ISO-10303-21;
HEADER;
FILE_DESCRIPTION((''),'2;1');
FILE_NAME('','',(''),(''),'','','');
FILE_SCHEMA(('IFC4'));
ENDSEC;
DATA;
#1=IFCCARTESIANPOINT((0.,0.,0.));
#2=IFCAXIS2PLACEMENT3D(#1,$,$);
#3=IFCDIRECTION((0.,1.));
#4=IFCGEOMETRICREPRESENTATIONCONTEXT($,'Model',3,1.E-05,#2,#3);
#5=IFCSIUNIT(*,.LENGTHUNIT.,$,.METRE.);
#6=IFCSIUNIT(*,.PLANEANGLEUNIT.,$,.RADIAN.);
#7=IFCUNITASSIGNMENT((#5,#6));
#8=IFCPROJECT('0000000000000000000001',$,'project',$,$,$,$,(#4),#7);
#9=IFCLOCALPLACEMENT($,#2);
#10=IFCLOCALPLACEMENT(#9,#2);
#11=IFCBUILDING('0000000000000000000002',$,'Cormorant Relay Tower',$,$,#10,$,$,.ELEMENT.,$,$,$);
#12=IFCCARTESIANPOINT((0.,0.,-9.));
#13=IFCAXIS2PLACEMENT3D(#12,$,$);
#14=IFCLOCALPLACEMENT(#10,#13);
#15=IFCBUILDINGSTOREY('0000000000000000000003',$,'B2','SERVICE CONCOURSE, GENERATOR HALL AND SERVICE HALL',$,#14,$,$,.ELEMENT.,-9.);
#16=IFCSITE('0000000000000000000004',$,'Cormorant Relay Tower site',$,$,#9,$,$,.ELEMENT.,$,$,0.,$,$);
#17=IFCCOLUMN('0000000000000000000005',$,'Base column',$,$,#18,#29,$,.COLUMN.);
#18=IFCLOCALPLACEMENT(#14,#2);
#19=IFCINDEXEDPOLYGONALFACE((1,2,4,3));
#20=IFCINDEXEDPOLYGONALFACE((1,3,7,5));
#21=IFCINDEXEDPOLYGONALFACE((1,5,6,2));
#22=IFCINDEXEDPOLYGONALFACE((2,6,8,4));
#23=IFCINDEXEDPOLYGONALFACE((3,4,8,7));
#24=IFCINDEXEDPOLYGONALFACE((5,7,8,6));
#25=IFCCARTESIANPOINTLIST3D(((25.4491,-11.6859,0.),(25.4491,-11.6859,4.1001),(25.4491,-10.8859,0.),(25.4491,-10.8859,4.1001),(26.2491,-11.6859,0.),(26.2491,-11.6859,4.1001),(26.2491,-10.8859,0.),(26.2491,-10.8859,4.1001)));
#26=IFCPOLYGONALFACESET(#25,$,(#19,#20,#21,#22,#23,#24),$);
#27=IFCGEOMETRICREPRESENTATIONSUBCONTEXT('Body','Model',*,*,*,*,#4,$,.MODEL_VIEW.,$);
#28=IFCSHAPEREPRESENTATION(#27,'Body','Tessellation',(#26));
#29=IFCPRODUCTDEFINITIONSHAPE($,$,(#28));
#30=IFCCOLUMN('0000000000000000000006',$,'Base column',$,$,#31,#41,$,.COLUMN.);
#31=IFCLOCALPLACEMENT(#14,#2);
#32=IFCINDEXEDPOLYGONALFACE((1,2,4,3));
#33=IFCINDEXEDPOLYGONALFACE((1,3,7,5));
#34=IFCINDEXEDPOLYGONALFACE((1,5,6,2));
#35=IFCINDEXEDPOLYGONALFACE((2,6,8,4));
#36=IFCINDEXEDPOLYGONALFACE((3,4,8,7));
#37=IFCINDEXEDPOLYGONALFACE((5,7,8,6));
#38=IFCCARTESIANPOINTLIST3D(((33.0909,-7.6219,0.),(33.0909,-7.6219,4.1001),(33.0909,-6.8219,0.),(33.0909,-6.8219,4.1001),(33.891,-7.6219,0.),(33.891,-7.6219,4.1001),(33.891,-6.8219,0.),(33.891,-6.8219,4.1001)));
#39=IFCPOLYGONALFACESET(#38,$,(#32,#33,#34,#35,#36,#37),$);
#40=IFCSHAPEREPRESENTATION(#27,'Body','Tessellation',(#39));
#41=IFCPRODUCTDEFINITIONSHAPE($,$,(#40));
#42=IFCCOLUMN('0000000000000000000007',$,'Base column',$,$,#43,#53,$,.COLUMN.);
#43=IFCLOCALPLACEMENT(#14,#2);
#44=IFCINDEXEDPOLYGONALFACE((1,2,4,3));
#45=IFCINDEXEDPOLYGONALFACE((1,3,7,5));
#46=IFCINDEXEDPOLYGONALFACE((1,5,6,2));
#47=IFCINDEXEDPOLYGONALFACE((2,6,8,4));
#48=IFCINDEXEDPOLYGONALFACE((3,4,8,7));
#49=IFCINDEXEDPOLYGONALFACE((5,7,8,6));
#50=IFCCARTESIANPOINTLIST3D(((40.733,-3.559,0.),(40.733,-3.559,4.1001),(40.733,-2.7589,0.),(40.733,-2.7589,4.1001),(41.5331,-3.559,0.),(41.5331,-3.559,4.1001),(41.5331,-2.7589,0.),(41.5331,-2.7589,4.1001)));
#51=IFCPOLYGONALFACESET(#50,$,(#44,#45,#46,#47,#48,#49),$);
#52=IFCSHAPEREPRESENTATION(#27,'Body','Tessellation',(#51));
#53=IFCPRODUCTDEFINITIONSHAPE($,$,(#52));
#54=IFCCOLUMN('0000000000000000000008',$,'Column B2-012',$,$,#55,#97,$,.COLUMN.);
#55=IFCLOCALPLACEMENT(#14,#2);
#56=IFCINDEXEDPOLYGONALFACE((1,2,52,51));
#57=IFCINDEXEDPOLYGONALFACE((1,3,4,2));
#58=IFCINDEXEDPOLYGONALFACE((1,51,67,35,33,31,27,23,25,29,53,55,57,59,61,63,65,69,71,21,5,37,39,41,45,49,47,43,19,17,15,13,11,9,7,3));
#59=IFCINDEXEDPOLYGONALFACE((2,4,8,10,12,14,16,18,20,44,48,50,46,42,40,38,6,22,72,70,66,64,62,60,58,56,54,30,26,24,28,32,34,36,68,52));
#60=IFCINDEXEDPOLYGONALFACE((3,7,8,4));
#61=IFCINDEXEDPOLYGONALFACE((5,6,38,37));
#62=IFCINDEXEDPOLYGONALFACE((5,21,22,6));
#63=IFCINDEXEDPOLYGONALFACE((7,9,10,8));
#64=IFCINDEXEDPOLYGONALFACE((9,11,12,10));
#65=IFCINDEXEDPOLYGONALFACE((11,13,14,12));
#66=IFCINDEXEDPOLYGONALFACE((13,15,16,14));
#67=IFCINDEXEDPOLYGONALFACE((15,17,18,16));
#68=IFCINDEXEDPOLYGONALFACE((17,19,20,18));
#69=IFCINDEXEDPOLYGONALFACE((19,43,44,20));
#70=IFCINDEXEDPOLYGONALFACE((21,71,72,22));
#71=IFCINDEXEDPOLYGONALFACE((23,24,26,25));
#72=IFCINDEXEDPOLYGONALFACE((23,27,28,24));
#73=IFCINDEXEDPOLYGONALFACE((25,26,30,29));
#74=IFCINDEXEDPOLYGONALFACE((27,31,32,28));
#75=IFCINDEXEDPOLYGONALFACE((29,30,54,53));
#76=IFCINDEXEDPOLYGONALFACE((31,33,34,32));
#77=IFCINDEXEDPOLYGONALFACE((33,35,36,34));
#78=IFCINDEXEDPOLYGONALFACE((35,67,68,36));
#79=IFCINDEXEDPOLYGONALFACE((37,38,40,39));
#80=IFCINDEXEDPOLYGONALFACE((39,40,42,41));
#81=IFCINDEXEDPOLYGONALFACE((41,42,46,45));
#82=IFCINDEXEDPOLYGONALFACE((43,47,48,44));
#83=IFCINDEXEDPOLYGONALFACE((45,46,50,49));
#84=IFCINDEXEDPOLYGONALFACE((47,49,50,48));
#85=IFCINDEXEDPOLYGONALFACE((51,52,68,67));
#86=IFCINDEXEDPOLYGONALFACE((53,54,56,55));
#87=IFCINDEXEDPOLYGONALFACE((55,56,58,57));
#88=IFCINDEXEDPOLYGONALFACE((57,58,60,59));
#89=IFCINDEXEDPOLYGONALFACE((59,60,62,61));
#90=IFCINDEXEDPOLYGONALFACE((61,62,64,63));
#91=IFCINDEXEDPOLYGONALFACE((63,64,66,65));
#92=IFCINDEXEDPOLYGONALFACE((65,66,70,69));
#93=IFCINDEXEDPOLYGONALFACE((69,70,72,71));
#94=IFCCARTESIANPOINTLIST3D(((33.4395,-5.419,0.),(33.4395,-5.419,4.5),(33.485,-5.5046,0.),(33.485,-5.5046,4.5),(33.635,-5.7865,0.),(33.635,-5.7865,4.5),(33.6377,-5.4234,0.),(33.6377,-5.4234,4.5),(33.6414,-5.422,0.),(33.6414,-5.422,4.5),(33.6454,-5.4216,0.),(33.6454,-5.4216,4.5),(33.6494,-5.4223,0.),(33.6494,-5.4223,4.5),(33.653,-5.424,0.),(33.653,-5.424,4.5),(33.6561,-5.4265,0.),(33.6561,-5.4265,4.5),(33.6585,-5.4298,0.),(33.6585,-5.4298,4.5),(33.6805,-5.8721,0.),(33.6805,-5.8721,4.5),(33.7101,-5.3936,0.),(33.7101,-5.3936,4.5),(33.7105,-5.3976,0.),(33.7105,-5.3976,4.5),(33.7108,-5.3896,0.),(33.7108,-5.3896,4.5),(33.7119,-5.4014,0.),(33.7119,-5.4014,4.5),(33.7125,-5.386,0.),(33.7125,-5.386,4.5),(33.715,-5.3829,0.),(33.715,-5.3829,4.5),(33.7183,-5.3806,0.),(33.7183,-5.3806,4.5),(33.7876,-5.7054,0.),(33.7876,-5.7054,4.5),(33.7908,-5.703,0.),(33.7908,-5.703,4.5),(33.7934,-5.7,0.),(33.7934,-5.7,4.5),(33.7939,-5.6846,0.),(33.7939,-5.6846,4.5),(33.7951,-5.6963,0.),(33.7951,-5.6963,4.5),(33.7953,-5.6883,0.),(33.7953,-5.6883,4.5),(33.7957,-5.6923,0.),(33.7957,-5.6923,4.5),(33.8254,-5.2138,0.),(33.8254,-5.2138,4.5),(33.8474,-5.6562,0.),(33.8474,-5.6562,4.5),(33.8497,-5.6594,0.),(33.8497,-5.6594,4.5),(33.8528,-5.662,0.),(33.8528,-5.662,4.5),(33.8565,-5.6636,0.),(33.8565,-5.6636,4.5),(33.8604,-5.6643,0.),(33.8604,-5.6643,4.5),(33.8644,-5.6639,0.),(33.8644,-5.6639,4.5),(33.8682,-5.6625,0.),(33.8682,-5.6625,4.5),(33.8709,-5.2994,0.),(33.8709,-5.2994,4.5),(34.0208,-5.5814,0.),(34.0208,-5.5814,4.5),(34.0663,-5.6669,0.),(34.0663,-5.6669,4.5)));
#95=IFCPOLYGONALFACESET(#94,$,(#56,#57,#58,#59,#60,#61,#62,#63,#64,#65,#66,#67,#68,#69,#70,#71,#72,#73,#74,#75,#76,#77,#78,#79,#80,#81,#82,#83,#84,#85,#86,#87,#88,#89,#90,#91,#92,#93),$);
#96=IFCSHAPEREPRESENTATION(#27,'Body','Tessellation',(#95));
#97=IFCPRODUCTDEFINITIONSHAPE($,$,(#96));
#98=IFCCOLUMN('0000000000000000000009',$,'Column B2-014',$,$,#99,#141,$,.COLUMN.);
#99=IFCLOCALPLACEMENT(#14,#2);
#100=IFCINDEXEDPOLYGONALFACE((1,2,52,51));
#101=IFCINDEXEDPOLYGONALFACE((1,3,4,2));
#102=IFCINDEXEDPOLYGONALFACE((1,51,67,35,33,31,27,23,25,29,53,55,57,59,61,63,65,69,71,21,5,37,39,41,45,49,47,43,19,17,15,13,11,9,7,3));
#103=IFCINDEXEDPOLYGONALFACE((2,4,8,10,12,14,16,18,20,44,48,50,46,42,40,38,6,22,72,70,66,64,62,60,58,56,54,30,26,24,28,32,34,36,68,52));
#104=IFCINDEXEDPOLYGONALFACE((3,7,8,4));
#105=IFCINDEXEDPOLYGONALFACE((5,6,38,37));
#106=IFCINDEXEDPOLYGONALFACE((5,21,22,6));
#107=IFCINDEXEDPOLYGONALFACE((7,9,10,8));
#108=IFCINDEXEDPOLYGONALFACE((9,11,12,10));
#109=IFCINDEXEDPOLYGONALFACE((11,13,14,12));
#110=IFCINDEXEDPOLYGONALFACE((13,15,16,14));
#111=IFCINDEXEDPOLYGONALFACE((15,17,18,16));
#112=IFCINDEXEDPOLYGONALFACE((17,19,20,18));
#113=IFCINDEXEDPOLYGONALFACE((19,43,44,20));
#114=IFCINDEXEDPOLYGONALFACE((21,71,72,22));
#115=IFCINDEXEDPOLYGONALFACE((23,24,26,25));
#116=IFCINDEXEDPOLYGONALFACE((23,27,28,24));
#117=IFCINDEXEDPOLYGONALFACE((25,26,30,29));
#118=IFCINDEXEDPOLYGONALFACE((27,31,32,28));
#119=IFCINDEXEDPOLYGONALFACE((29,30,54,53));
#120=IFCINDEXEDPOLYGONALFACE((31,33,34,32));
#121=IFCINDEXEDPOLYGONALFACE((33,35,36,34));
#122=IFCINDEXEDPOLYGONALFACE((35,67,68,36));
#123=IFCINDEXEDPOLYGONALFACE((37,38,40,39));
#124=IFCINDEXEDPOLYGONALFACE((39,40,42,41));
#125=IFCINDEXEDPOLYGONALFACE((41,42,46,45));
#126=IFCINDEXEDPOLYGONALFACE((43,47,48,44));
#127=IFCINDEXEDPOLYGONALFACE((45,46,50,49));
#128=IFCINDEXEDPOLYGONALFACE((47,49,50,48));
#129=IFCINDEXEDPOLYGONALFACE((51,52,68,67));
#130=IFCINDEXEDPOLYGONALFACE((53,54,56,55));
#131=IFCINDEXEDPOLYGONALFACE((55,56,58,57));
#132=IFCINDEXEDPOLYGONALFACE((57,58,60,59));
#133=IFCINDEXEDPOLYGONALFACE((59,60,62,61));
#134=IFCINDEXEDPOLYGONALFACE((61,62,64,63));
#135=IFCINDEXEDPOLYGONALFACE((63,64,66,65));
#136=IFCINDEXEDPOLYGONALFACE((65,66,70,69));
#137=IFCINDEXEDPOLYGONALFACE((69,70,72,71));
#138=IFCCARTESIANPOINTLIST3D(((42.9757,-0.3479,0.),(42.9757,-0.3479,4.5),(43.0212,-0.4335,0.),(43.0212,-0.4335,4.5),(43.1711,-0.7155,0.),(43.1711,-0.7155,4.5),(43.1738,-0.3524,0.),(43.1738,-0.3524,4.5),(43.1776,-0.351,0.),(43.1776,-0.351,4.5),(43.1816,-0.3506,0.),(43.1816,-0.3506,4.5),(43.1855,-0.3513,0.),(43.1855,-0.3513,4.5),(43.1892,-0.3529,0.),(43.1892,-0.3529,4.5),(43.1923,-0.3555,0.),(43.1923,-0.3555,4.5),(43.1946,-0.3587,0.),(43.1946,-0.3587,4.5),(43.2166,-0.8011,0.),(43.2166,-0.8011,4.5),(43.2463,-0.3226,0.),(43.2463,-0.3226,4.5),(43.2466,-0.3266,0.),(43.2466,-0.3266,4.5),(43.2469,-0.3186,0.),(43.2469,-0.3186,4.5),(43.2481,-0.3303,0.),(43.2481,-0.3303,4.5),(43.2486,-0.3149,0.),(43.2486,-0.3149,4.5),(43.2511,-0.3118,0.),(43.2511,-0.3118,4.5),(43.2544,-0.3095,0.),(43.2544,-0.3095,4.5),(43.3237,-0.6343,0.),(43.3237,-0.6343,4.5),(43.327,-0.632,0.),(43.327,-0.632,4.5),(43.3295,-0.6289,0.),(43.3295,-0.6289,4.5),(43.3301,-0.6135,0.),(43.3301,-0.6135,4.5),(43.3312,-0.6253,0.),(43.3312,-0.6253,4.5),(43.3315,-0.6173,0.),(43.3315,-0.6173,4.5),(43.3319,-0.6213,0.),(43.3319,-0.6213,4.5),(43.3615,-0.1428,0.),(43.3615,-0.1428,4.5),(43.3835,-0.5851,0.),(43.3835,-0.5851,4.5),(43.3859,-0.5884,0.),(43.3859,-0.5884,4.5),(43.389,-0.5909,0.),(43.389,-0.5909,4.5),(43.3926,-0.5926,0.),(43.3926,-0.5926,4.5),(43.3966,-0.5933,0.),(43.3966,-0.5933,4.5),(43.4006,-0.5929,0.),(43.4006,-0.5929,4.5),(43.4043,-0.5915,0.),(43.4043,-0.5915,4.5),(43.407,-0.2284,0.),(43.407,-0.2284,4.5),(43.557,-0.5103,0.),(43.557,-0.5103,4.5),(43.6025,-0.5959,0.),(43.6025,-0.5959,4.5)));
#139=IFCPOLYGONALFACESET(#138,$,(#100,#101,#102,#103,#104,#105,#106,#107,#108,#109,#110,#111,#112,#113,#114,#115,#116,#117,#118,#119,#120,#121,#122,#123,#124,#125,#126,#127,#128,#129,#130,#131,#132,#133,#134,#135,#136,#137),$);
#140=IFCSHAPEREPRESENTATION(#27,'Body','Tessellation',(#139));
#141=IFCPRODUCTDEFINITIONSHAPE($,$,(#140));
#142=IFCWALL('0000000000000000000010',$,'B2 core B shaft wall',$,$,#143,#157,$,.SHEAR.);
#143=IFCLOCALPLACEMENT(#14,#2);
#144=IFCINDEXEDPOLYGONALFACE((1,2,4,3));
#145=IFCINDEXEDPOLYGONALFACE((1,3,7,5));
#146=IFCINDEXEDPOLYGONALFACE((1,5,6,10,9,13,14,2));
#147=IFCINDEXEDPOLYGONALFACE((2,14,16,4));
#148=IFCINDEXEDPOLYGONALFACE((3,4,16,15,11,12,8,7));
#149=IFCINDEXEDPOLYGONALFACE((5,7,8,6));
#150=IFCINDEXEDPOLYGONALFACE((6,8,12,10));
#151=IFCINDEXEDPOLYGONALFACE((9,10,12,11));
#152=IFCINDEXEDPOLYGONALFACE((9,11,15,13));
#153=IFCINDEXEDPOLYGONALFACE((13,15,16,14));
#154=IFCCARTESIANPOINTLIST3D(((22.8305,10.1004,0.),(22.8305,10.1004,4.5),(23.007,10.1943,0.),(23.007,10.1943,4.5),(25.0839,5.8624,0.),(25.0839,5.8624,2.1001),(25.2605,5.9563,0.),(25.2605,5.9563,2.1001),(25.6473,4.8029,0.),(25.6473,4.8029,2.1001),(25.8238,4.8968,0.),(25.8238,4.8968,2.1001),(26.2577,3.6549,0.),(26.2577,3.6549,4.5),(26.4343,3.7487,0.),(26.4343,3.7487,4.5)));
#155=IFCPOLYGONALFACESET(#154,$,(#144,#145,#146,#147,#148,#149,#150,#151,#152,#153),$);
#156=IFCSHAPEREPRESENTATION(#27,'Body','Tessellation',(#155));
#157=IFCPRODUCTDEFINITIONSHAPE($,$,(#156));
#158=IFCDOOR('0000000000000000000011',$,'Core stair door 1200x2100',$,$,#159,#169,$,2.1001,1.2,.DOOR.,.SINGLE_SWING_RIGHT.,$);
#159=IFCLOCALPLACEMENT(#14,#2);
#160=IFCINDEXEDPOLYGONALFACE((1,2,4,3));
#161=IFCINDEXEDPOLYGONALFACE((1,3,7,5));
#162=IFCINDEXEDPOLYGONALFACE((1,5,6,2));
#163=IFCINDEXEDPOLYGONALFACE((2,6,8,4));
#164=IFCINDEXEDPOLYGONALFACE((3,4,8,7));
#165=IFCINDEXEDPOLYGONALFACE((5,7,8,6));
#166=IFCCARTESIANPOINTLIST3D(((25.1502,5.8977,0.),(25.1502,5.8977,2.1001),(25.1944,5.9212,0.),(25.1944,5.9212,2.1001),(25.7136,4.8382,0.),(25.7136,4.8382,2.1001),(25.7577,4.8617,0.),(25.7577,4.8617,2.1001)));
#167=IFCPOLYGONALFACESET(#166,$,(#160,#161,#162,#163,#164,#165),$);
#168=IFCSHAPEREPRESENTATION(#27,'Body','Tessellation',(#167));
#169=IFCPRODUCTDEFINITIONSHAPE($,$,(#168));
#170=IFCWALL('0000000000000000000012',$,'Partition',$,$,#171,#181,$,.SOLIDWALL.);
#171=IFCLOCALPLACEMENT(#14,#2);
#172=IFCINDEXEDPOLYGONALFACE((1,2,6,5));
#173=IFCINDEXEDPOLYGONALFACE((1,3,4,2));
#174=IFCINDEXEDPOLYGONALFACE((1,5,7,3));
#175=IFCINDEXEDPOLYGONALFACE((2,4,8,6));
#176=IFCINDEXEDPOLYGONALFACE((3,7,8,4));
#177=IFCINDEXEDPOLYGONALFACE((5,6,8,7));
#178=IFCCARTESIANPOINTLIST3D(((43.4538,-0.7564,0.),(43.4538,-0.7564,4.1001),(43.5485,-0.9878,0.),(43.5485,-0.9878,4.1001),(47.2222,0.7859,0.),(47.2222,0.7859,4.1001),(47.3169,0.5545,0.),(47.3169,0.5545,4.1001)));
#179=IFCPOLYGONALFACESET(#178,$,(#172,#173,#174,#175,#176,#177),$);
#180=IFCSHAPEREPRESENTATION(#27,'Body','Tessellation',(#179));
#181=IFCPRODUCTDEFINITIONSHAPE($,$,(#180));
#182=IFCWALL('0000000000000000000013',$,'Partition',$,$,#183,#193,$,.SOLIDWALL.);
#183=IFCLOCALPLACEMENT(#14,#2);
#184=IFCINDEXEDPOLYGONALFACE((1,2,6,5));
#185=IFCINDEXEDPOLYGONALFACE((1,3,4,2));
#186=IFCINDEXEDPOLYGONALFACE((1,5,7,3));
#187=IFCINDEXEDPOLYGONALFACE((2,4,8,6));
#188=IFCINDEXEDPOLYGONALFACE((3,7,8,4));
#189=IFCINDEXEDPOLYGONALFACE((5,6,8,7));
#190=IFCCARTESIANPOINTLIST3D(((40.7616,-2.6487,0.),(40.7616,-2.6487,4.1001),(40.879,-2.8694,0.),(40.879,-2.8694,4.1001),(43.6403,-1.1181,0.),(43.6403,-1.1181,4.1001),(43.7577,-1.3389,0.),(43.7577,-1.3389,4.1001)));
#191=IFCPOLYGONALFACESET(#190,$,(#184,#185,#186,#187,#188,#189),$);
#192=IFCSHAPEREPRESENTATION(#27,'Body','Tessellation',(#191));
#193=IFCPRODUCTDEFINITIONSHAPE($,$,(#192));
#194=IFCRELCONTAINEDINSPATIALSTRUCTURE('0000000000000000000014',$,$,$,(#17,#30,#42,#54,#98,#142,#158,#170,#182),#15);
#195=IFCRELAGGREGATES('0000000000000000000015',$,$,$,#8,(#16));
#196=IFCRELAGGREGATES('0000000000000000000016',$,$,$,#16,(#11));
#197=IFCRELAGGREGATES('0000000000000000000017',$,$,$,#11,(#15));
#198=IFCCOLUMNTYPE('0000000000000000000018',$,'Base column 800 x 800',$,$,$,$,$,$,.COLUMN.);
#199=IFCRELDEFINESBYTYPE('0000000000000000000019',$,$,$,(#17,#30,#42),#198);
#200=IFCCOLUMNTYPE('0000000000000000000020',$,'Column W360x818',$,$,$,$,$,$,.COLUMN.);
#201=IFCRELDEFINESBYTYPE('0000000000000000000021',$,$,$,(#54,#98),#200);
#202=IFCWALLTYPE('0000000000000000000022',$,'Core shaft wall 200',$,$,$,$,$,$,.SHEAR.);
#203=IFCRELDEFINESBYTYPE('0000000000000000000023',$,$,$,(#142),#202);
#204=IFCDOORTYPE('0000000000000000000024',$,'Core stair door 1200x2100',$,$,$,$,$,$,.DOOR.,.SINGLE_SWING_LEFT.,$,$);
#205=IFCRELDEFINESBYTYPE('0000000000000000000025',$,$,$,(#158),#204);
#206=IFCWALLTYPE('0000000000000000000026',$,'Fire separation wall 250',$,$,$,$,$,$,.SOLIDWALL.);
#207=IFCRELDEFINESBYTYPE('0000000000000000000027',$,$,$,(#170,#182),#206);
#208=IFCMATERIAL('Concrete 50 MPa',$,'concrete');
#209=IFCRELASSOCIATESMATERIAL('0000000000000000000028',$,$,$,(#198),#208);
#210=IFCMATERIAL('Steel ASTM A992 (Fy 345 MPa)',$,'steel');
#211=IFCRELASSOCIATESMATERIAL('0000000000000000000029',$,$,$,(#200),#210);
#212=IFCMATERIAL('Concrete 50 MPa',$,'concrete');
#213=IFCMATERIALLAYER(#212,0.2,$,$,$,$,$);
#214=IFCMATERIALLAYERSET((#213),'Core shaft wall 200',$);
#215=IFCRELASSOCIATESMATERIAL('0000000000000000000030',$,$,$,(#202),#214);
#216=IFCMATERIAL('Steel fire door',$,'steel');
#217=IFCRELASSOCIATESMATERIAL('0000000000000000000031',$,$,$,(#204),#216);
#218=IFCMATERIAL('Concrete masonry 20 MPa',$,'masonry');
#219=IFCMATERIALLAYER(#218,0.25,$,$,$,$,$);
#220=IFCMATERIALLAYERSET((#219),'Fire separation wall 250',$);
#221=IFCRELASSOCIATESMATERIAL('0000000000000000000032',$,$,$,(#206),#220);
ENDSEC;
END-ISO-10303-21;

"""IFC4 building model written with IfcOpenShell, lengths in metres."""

from ifc_helpers import new_model, si_unit, direction, frame, frame_2d, origin, origin_2d, place, context, subcontext, project, spatial, rectangle, i_section, extrude, material, layer, layer_set, material_profile, profile_set, type_object, element, fill, save


model = new_model("IFC4")

# Units and contexts
model_context = context("Model", 3, precision=1e-05, world=origin(), true_north=direction((0.0, 1.0)))
body_context = subcontext(model_context, "Body", "Model", "MODEL_VIEW")
ifc_project = project(units=[si_unit("LENGTHUNIT", "METRE"), si_unit("PLANEANGLEUNIT", "RADIAN")], contexts=[model_context])

# Site, building, storey
site_placement = place(None, origin())
site = spatial("IfcSite", under=ifc_project, at=site_placement, Name="Cormorant Relay Tower site", CompositionType="ELEMENT", RefElevation=0.0)
building_placement = place(site_placement, origin())
building = spatial("IfcBuilding", under=site, at=building_placement, Name="Cormorant Relay Tower", CompositionType="ELEMENT")
storey_placement = place(building_placement, frame((0.0, 0.0, -9.0)))
storey = spatial("IfcBuildingStorey", under=building, at=storey_placement, Name="B2", Description="SERVICE CONCOURSE, GENERATOR HALL AND SERVICE HALL", CompositionType="ELEMENT", Elevation=-9.0)

# Columns
ifc_material_1 = material(Name="Concrete 50 MPa", Category="concrete")
ifc_material_profile_1 = material_profile(ifc_material_1, rectangle(XDim=0.8, YDim=0.8, at=origin_2d()), Name="RC 800x800")
ifc_profile_set_1 = profile_set([ifc_material_profile_1], Name="Concrete 50 MPa")
column_type_1 = type_object("IfcColumnType", Name="Base column 800 x 800", PredefinedType="COLUMN", material=ifc_profile_set_1)
for number, where, z_axis, x_axis, name in (
    (1, (25.8491, -11.2859, 0.0), (0.0, 0.0, 1.0), (1.0, 0.0, 0.0), "Base column"),
    (2, (33.491, -7.2219, 0.0), (0.0, 0.0, 1.0), (1.0, 0.0, 0.0), "Base column"),
    (3, (41.1331, -3.1589, 0.0), (0.0, 0.0, 1.0), (1.0, 0.0, 0.0), "Base column"),
):
    element("IfcColumn", number, at=place(storey_placement, frame(where, z_axis=z_axis, x_axis=x_axis)), inside=storey, type_object=column_type_1, Name=name, PredefinedType="COLUMN", context=body_context, shape_type="SweptSolid", body=[
        extrude(rectangle(XDim=0.8, YDim=0.8, at=origin_2d()), origin(), (0.0, 0.0, 1.0), 4.1001),
    ])
ifc_material_2 = material(Name="Steel ASTM A992 (Fy 345 MPa)", Category="steel")
ifc_material_profile_2 = material_profile(ifc_material_2, i_section(OverallWidth=0.437, OverallDepth=0.5132, WebThickness=0.0605, FlangeThickness=0.0969, FilletRadius=0.0154, at=origin_2d()), Name="W360x818")
ifc_profile_set_2 = profile_set([ifc_material_profile_2], Name="Steel ASTM A992 (Fy 345 MPa)")
column_type_2 = type_object("IfcColumnType", Name="Column W360x818", PredefinedType="COLUMN", material=ifc_profile_set_2)
for number, where, z_axis, x_axis, name in (
    (4, (33.7529, -5.543, 0.0), (0.0, 0.0, 1.0), (0.882948, 0.469472, 0.0), "Column B2-012"),
    (5, (43.2891, -0.4719, 0.0), (0.0, 0.0, 1.0), (0.882948, 0.469472, 0.0), "Column B2-014"),
):
    element("IfcColumn", number, at=place(storey_placement, frame(where, z_axis=z_axis, x_axis=x_axis)), inside=storey, type_object=column_type_2, Name=name, PredefinedType="COLUMN", context=body_context, shape_type="SweptSolid", body=[
        extrude(i_section(OverallWidth=0.437, OverallDepth=0.5132, WebThickness=0.0605, FlangeThickness=0.0969, FilletRadius=0.0154, at=origin_2d()), origin(), (0.0, 0.0, 1.0), 4.5),
    ])

# Wall, opening, door
ifc_material_3 = material(Name="Concrete 50 MPa", Category="concrete")
ifc_layer_1 = layer(ifc_material_3, 0.2)
ifc_layer_set_1 = layer_set([ifc_layer_1], Name="Core shaft wall 200")
wall_type_1 = type_object("IfcWallType", Name="Core shaft wall 200", PredefinedType="SHEAR", material=ifc_layer_set_1)
wall_1_placement = place(storey_placement, frame((26.3459, 3.7019, 0.0), z_axis=(0.0, 0.0, 1.0), x_axis=(-0.46948, 0.882943, 0.0)))
wall_1 = element("IfcWall", 6, at=wall_1_placement, inside=storey, type_object=wall_type_1, Name="B2 core B shaft wall", PredefinedType="SHEAR", context=body_context, shape_type="SweptSolid", body=[
    extrude(rectangle(XDim=7.3, YDim=0.2, at=frame_2d((3.6499, 0.0))), origin(), (0.0, 0.0, 1.0), 4.5),
])
opening_1_placement = place(wall_1_placement, frame((1.3, 0.0, 0.0)))
opening_1 = element("IfcOpeningElement", 7, at=opening_1_placement, cuts=wall_1, PredefinedType="OPENING", context=body_context, shape_type="SweptSolid", body=[
    extrude(rectangle(XDim=1.2, YDim=2.1001, at=frame_2d((0.6001, 1.05))), frame((0.0, 0.1099, 0.0), z_axis=(0.0, -1.0, 0.0), x_axis=(1.0, 0.0, 0.0)), (0.0, 0.0, 1.0), 0.22),
])
ifc_material_4 = material(Name="Steel fire door", Category="steel")
door_type_1 = type_object("IfcDoorType", Name="Core stair door 1200x2100", OperationType="SINGLE_SWING_LEFT", PredefinedType="DOOR", material=ifc_material_4)
door_1_placement = place(opening_1_placement, origin())
door_1 = element("IfcDoor", 8, at=door_1_placement, inside=storey, type_object=door_type_1, Name="Core stair door 1200x2100", OperationType="SINGLE_SWING_RIGHT", OverallHeight=2.1001, OverallWidth=1.2, PredefinedType="DOOR", context=body_context, shape_type="SweptSolid", body=[
    extrude(rectangle(XDim=1.2, YDim=2.1001, at=frame_2d((0.6001, 1.05))), frame((0.0, 0.0249, 0.0), z_axis=(0.0, -1.0, 0.0), x_axis=(1.0, 0.0, 0.0)), (0.0, 0.0, 1.0), 0.05),
])
fill(opening_1, door_1)

# Walls
ifc_material_5 = material(Name="Concrete masonry 20 MPa", Category="masonry")
ifc_layer_2 = layer(ifc_material_5, 0.25)
ifc_layer_set_2 = layer_set([ifc_layer_2], Name="Fire separation wall 250")
wall_type_2 = type_object("IfcWallType", Name="Fire separation wall 250", PredefinedType="SOLIDWALL", material=ifc_layer_set_2)
wall_2_placement = place(storey_placement, frame((47.2695, 0.6702, 0.0), z_axis=(0.0, 0.0, 1.0), x_axis=(-0.925491, -0.378771, 0.0)))
element("IfcWall", 9, at=wall_2_placement, inside=storey, type_object=wall_type_2, Name="Partition", PredefinedType="SOLIDWALL", context=body_context, shape_type="SweptSolid", body=[
    extrude(rectangle(XDim=4.0718, YDim=0.25, at=frame_2d((2.0359, 0.0))), origin(), (0.0, 0.0, 1.0), 4.1001),
])
wall_3_placement = place(storey_placement, frame((43.699, -1.2285, 0.0), z_axis=(0.0, 0.0, 1.0), x_axis=(-0.88296, -0.469449, 0.0)))
element("IfcWall", 10, at=wall_3_placement, inside=storey, type_object=wall_type_2, Name="Partition", PredefinedType="SOLIDWALL", context=body_context, shape_type="SweptSolid", body=[
    extrude(rectangle(XDim=3.2603, YDim=0.25, at=frame_2d((1.6301, 0.0))), origin(), (0.0, 0.0, 1.0), 4.1001),
])

save(model, "model.ifc")
